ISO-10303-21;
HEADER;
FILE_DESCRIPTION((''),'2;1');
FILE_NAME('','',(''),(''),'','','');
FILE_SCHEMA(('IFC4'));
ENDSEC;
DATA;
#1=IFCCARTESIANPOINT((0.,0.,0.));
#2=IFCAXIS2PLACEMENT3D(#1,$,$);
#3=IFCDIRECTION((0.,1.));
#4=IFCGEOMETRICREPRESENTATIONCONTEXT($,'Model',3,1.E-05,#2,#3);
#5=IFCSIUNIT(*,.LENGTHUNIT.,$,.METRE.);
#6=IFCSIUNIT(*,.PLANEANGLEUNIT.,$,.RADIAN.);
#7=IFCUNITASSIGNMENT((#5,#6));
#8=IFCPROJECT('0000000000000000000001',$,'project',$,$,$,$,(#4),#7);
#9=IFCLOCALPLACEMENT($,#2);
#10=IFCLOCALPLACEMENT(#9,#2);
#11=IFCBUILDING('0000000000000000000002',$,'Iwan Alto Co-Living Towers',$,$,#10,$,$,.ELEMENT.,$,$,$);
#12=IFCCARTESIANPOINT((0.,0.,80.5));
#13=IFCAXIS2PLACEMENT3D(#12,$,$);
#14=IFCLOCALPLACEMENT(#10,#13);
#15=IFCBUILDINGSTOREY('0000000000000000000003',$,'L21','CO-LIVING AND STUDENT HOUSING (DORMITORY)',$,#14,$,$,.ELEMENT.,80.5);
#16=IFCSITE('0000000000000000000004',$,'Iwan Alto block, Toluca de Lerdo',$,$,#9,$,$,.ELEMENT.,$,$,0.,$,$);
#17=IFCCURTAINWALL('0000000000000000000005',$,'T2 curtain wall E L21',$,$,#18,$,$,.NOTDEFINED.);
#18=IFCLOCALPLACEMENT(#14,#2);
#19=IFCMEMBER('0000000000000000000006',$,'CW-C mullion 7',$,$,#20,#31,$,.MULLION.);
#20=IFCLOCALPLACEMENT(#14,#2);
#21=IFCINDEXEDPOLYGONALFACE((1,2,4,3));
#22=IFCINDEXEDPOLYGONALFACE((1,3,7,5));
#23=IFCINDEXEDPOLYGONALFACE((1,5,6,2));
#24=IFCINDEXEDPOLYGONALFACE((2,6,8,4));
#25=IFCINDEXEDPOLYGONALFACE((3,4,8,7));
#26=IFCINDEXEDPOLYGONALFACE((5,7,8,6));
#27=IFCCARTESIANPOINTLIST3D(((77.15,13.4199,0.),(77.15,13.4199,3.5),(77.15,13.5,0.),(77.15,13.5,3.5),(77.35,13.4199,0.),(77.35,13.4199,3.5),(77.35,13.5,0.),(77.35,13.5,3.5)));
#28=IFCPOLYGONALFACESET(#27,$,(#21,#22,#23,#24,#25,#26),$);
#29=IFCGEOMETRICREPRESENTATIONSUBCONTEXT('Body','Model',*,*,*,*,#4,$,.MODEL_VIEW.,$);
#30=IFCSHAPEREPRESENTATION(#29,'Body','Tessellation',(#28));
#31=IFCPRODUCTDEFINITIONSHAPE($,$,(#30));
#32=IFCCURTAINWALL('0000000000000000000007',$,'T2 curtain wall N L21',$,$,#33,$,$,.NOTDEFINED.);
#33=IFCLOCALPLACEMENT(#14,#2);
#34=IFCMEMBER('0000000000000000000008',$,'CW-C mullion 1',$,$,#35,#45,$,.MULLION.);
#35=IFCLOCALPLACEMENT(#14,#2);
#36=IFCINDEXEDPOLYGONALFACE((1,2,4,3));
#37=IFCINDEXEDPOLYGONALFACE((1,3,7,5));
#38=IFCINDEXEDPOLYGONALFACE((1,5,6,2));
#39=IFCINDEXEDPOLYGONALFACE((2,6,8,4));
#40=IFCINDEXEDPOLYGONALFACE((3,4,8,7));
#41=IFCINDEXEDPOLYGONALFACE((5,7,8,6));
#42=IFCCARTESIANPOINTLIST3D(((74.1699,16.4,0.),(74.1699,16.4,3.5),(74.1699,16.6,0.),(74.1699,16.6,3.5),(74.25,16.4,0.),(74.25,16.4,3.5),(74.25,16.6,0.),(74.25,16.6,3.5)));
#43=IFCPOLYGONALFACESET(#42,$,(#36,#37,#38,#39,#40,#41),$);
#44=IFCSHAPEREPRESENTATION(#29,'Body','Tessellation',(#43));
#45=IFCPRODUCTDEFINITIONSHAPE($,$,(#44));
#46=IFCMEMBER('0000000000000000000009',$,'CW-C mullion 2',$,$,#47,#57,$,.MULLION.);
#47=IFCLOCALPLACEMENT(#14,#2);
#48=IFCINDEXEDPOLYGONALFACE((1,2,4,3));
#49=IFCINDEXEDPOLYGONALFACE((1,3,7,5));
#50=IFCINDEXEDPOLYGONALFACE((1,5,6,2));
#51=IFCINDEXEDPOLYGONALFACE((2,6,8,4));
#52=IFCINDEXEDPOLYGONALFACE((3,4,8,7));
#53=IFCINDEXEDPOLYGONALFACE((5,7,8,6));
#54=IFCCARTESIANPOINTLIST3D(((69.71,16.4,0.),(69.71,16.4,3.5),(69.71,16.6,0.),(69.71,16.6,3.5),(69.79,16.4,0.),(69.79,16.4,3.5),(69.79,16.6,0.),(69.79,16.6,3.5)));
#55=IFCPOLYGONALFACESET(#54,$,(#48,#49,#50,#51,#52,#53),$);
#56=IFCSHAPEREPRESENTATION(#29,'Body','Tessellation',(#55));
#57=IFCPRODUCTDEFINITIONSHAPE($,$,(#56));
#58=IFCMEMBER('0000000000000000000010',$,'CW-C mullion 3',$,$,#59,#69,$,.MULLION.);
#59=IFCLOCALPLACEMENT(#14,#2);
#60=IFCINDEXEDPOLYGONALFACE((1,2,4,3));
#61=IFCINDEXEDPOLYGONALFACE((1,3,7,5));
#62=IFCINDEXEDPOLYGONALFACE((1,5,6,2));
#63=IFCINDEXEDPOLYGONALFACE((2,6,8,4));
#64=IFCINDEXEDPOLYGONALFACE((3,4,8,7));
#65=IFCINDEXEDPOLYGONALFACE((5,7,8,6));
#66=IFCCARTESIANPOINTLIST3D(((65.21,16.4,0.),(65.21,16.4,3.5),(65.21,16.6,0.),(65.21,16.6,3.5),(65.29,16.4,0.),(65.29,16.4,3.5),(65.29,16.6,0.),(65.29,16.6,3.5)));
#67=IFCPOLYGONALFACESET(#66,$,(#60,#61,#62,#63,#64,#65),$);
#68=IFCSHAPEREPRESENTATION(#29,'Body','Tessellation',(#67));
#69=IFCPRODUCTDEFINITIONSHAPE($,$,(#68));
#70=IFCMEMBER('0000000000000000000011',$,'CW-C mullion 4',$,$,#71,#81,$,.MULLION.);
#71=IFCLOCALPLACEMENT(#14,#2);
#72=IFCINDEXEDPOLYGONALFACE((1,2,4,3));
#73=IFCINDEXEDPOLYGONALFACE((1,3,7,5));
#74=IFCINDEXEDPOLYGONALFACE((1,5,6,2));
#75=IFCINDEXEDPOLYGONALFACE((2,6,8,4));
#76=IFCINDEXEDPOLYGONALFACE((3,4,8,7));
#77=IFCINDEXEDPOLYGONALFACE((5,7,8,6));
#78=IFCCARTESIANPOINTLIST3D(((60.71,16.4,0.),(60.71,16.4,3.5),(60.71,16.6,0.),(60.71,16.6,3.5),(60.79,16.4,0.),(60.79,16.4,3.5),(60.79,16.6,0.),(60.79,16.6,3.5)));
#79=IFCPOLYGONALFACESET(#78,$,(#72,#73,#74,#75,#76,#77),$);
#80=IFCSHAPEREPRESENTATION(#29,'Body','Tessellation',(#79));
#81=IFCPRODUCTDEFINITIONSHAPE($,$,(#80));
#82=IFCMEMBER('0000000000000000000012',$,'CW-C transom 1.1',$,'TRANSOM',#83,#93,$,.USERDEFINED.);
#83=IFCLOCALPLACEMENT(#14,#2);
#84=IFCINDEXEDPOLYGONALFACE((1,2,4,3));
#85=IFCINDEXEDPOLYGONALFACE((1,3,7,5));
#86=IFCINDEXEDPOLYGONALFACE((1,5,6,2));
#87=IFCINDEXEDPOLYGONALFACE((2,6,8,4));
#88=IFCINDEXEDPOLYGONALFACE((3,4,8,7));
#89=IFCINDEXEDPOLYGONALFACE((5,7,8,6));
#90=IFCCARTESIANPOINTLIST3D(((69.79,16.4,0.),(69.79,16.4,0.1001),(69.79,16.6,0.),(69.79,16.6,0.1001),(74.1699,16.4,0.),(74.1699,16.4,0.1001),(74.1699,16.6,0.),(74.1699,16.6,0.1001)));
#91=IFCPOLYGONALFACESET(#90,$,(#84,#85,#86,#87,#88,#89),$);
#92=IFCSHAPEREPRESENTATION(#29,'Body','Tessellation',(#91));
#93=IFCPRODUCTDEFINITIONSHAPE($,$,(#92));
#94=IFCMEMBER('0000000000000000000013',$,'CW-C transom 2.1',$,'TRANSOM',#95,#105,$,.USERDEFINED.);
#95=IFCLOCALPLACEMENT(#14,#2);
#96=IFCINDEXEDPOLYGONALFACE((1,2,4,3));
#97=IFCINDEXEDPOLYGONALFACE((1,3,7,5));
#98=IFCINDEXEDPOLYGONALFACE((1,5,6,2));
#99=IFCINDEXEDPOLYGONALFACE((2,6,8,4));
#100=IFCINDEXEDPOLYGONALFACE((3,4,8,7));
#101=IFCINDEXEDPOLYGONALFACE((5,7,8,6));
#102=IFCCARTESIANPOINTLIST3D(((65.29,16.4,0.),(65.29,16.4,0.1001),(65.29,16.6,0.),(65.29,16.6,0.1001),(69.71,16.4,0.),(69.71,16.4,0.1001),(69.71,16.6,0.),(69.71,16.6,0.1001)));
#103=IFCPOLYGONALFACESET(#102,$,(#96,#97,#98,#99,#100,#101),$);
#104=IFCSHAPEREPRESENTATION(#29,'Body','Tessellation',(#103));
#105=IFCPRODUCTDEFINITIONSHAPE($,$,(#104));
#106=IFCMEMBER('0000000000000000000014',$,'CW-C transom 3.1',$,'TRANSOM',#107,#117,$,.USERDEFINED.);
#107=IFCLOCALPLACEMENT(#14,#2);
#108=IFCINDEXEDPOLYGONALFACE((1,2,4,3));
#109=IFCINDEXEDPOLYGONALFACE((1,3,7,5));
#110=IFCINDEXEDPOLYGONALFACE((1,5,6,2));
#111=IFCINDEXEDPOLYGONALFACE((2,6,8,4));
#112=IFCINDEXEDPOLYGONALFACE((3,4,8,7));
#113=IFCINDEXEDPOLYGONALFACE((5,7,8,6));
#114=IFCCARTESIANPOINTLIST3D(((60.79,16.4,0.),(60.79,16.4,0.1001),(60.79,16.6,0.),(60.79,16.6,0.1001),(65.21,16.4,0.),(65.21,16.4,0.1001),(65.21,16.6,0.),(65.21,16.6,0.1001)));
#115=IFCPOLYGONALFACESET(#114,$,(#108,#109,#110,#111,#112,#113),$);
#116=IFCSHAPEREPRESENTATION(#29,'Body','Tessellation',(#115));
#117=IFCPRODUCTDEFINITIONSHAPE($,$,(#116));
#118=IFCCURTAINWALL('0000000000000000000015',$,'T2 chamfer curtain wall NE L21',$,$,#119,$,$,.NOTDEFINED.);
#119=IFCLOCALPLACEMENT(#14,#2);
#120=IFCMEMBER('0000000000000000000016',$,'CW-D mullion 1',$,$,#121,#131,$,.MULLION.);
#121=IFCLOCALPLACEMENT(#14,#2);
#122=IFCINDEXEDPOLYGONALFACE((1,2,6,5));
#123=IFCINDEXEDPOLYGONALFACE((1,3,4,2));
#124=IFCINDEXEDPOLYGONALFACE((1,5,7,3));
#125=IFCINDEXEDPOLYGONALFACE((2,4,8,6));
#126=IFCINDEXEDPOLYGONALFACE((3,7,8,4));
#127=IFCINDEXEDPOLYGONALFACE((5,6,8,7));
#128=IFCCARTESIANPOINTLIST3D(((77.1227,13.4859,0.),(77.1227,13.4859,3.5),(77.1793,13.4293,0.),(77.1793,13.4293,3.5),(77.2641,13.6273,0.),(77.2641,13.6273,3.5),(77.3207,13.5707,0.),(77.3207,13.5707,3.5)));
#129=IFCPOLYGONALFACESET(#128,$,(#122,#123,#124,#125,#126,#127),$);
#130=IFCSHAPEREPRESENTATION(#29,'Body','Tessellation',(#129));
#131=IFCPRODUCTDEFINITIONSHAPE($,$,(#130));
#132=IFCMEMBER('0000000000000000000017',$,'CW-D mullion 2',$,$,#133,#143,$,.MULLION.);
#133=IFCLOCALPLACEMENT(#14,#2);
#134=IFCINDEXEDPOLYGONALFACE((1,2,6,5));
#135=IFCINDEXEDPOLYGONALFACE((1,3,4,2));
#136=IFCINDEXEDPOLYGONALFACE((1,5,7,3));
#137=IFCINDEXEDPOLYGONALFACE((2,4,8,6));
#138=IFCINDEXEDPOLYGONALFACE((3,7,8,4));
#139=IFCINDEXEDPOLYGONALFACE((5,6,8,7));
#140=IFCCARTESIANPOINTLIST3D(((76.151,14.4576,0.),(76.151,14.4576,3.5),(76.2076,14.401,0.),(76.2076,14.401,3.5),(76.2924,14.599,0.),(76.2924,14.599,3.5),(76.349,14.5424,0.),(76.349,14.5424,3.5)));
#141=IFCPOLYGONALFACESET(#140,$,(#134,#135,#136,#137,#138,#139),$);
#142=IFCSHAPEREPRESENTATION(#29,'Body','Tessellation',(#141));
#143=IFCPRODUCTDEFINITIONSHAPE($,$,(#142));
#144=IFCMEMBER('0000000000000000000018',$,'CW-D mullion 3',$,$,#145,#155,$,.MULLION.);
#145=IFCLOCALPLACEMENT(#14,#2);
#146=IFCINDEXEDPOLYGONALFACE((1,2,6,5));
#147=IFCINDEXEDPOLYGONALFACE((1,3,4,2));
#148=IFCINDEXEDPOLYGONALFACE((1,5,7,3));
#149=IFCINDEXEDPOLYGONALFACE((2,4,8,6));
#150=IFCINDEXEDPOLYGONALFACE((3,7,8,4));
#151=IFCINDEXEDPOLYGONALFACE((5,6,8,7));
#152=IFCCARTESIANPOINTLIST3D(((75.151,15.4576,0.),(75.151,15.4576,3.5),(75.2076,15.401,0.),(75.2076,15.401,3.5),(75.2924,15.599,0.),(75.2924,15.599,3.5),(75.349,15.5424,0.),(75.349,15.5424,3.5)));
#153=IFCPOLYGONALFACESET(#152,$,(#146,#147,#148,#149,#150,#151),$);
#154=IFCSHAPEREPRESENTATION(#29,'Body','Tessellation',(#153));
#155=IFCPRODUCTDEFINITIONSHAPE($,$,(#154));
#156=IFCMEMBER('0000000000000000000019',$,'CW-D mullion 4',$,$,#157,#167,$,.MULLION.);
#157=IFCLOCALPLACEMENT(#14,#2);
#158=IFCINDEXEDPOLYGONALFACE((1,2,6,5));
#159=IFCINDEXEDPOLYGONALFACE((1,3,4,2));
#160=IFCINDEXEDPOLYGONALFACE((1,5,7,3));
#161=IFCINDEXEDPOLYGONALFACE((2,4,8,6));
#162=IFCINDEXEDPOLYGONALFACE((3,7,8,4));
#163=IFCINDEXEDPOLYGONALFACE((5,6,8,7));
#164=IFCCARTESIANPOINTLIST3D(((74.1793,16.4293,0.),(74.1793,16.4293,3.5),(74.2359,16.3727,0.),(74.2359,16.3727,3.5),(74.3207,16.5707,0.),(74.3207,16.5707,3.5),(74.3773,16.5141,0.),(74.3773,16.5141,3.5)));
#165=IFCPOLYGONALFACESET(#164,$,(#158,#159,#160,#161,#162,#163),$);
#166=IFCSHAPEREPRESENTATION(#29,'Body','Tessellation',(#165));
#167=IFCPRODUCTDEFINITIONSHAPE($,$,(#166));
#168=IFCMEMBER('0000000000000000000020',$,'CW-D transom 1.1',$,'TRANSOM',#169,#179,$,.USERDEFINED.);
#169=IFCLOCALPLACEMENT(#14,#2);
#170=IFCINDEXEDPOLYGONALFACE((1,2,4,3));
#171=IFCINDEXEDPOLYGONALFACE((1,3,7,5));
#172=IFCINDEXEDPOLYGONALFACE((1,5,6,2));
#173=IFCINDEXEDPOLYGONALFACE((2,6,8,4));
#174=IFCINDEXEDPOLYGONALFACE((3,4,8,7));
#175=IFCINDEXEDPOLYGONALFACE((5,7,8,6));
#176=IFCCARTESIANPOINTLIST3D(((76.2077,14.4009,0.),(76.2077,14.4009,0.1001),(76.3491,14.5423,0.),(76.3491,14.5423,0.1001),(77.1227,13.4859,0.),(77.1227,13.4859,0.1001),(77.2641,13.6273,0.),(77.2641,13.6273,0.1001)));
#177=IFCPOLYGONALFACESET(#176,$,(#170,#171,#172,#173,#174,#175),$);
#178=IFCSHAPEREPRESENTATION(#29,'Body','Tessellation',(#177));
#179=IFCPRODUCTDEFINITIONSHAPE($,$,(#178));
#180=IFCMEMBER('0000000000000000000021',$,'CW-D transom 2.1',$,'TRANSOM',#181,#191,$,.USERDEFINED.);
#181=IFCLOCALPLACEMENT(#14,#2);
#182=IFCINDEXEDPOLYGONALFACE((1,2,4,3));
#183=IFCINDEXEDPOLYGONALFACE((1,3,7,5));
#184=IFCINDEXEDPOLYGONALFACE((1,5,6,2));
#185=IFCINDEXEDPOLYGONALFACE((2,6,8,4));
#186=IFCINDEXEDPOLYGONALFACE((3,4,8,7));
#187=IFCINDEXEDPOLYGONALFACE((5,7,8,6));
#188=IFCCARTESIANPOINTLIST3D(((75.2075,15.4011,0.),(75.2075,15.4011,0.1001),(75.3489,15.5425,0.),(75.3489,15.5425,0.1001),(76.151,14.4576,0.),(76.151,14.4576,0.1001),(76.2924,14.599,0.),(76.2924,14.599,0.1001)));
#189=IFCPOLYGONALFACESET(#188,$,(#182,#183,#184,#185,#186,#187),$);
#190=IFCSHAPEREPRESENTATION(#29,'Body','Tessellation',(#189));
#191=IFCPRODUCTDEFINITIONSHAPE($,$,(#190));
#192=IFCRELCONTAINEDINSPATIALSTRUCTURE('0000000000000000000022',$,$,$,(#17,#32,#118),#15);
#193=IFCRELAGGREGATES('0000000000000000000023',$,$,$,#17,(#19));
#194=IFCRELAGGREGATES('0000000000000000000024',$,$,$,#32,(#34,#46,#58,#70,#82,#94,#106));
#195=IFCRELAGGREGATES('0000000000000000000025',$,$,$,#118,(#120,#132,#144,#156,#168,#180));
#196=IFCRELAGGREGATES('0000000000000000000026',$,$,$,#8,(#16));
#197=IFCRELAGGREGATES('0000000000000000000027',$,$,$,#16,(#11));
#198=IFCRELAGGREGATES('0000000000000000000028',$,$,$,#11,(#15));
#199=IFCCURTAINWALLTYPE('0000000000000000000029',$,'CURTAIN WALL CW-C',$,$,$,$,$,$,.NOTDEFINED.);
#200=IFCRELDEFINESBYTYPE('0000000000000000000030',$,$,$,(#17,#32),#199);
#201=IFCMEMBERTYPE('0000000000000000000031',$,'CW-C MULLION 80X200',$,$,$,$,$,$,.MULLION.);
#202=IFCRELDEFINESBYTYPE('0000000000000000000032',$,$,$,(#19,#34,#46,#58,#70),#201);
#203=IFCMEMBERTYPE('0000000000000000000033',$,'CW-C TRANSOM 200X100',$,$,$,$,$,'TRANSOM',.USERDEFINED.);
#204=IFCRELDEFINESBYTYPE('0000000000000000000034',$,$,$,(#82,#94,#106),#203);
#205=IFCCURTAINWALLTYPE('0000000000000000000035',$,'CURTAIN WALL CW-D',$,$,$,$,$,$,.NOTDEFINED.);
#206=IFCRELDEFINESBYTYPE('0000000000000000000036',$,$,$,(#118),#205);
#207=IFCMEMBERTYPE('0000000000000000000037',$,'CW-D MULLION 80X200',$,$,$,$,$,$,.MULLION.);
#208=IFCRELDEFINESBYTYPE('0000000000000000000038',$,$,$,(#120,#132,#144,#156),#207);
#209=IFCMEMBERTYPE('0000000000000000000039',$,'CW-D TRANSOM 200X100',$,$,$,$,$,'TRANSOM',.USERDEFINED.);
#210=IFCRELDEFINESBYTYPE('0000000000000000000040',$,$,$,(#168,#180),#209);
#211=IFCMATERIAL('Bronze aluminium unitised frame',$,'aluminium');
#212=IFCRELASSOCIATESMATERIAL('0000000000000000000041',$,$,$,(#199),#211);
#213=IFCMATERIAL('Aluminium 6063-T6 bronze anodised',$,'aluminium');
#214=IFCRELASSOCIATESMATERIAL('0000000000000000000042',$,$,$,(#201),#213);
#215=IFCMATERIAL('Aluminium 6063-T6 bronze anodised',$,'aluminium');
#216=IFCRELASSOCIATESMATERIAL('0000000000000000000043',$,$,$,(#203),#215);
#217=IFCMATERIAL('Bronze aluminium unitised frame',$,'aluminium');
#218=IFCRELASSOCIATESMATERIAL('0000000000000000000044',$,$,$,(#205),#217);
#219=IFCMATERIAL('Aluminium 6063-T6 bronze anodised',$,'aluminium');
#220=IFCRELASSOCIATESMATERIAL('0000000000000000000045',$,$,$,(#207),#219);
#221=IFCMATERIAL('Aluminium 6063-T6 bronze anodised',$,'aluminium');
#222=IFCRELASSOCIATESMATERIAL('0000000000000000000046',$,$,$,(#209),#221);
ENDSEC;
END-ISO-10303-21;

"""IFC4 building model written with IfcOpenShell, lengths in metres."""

from ifc_helpers import new_model, si_unit, direction, frame, origin, origin_2d, place, context, subcontext, project, spatial, rectangle, extrude, material, material_profile, profile_set, type_object, element, aggregate, save


model = new_model("IFC4")

# Units and contexts
model_context = context("Model", 3, precision=1e-05, world=origin(), true_north=direction((0.0, 1.0)))
body_context = subcontext(model_context, "Body", "Model", "MODEL_VIEW")
ifc_project = project(units=[si_unit("LENGTHUNIT", "METRE"), si_unit("PLANEANGLEUNIT", "RADIAN")], contexts=[model_context])

# Site, building, storey
site_placement = place(None, origin())
site = spatial("IfcSite", under=ifc_project, at=site_placement, Name="Iwan Alto block, Toluca de Lerdo", CompositionType="ELEMENT", RefElevation=0.0)
building_placement = place(site_placement, origin())
building = spatial("IfcBuilding", under=site, at=building_placement, Name="Iwan Alto Co-Living Towers", CompositionType="ELEMENT")
storey_placement = place(building_placement, frame((0.0, 0.0, 80.5)))
storey = spatial("IfcBuildingStorey", under=building, at=storey_placement, Name="L21", Description="CO-LIVING AND STUDENT HOUSING (DORMITORY)", CompositionType="ELEMENT", Elevation=80.5)

# Curtain wall, member
ifc_material_1 = material(Name="Bronze aluminium unitised frame", Category="aluminium")
curtain_wall_type_1 = type_object("IfcCurtainWallType", Name="CURTAIN WALL CW-C", PredefinedType="NOTDEFINED", material=ifc_material_1)
curtain_wall_1_placement = place(storey_placement, origin())
curtain_wall_1 = element("IfcCurtainWall", 1, at=curtain_wall_1_placement, inside=storey, type_object=curtain_wall_type_1, Name="T2 curtain wall E L21", PredefinedType="NOTDEFINED")
ifc_material_2 = material(Name="Aluminium 6063-T6 bronze anodised", Category="aluminium")
ifc_material_profile_1 = material_profile(ifc_material_2, rectangle(XDim=0.2, YDim=0.0801, at=origin_2d()), Name="AL 80X200")
ifc_profile_set_1 = profile_set([ifc_material_profile_1], Name="Aluminium 6063-T6 bronze anodised")
member_type_1 = type_object("IfcMemberType", Name="CW-C MULLION 80X200", PredefinedType="MULLION", material=ifc_profile_set_1)
member_1_placement = place(storey_placement, frame((77.25, 13.46, 0.0), z_axis=(0.0, 0.0, 1.0), x_axis=(-1.0, 0.0, 0.0)))
member_1 = element("IfcMember", 2, at=member_1_placement, type_object=member_type_1, Name="CW-C mullion 7", PredefinedType="MULLION", context=body_context, shape_type="SweptSolid", body=[
    extrude(rectangle(XDim=0.2, YDim=0.0801, at=origin_2d()), origin(), (0.0, 0.0, 1.0), 3.5),
])
aggregate(curtain_wall_1, [member_1])

# Curtain walls, members
curtain_wall_2_placement = place(storey_placement, origin())
curtain_wall_2 = element("IfcCurtainWall", 3, at=curtain_wall_2_placement, inside=storey, type_object=curtain_wall_type_1, Name="T2 curtain wall N L21", PredefinedType="NOTDEFINED")
member_2_placement = place(storey_placement, frame((74.21, 16.5, 0.0), z_axis=(0.0, 0.0, 1.0), x_axis=(0.0, -1.0, 0.0)))
member_2 = element("IfcMember", 4, at=member_2_placement, type_object=member_type_1, Name="CW-C mullion 1", PredefinedType="MULLION", context=body_context, shape_type="SweptSolid", body=[
    extrude(rectangle(XDim=0.2, YDim=0.0801, at=origin_2d()), origin(), (0.0, 0.0, 1.0), 3.5),
])
member_3_placement = place(storey_placement, frame((69.75, 16.5, 0.0), z_axis=(0.0, 0.0, 1.0), x_axis=(0.0, -1.0, 0.0)))
member_3 = element("IfcMember", 5, at=member_3_placement, type_object=member_type_1, Name="CW-C mullion 2", PredefinedType="MULLION", context=body_context, shape_type="SweptSolid", body=[
    extrude(rectangle(XDim=0.2, YDim=0.0801, at=origin_2d()), origin(), (0.0, 0.0, 1.0), 3.5),
])
member_4_placement = place(storey_placement, frame((65.25, 16.5, 0.0), z_axis=(0.0, 0.0, 1.0), x_axis=(0.0, -1.0, 0.0)))
member_4 = element("IfcMember", 6, at=member_4_placement, type_object=member_type_1, Name="CW-C mullion 3", PredefinedType="MULLION", context=body_context, shape_type="SweptSolid", body=[
    extrude(rectangle(XDim=0.2, YDim=0.0801, at=origin_2d()), origin(), (0.0, 0.0, 1.0), 3.5),
])
member_5_placement = place(storey_placement, frame((60.75, 16.5, 0.0), z_axis=(0.0, 0.0, 1.0), x_axis=(0.0, -1.0, 0.0)))
member_5 = element("IfcMember", 7, at=member_5_placement, type_object=member_type_1, Name="CW-C mullion 4", PredefinedType="MULLION", context=body_context, shape_type="SweptSolid", body=[
    extrude(rectangle(XDim=0.2, YDim=0.0801, at=origin_2d()), origin(), (0.0, 0.0, 1.0), 3.5),
])
ifc_material_3 = material(Name="Aluminium 6063-T6 bronze anodised", Category="aluminium")
ifc_material_profile_2 = material_profile(ifc_material_3, rectangle(XDim=0.2, YDim=0.1001, at=origin_2d()), Name="AL 200X100")
ifc_profile_set_2 = profile_set([ifc_material_profile_2], Name="Aluminium 6063-T6 bronze anodised")
member_type_2 = type_object("IfcMemberType", Name="CW-C TRANSOM 200X100", ElementType="TRANSOM", PredefinedType="USERDEFINED", material=ifc_profile_set_2)
member_6_placement = place(storey_placement, frame((74.1699, 16.5, 0.05), z_axis=(-1.0, 0.0, 0.0), x_axis=(0.0, -1.0, 0.0)))
member_6 = element("IfcMember", 8, at=member_6_placement, type_object=member_type_2, Name="CW-C transom 1.1", ObjectType="TRANSOM", PredefinedType="USERDEFINED", context=body_context, shape_type="SweptSolid", body=[
    extrude(rectangle(XDim=0.2, YDim=0.1001, at=origin_2d()), origin(), (0.0, 0.0, 1.0), 4.3799),
])
member_7_placement = place(storey_placement, frame((69.71, 16.5, 0.05), z_axis=(-1.0, 0.0, 0.0), x_axis=(0.0, -1.0, 0.0)))
member_7 = element("IfcMember", 9, at=member_7_placement, type_object=member_type_2, Name="CW-C transom 2.1", ObjectType="TRANSOM", PredefinedType="USERDEFINED", context=body_context, shape_type="SweptSolid", body=[
    extrude(rectangle(XDim=0.2, YDim=0.1001, at=origin_2d()), origin(), (0.0, 0.0, 1.0), 4.4199),
])
member_8_placement = place(storey_placement, frame((65.21, 16.5, 0.05), z_axis=(-1.0, 0.0, 0.0), x_axis=(0.0, -1.0, 0.0)))
member_8 = element("IfcMember", 10, at=member_8_placement, type_object=member_type_2, Name="CW-C transom 3.1", ObjectType="TRANSOM", PredefinedType="USERDEFINED", context=body_context, shape_type="SweptSolid", body=[
    extrude(rectangle(XDim=0.2, YDim=0.1001, at=origin_2d()), origin(), (0.0, 0.0, 1.0), 4.4199),
])
ifc_material_4 = material(Name="Bronze aluminium unitised frame", Category="aluminium")
curtain_wall_type_2 = type_object("IfcCurtainWallType", Name="CURTAIN WALL CW-D", PredefinedType="NOTDEFINED", material=ifc_material_4)
curtain_wall_3_placement = place(storey_placement, origin())
curtain_wall_3 = element("IfcCurtainWall", 11, at=curtain_wall_3_placement, inside=storey, type_object=curtain_wall_type_2, Name="T2 chamfer curtain wall NE L21", PredefinedType="NOTDEFINED")
ifc_material_5 = material(Name="Aluminium 6063-T6 bronze anodised", Category="aluminium")
ifc_material_profile_3 = material_profile(ifc_material_5, rectangle(XDim=0.2, YDim=0.0801, at=origin_2d()), Name="AL 80X200")
ifc_profile_set_3 = profile_set([ifc_material_profile_3], Name="Aluminium 6063-T6 bronze anodised")
member_type_3 = type_object("IfcMemberType", Name="CW-D MULLION 80X200", PredefinedType="MULLION", material=ifc_profile_set_3)
member_9_placement = place(storey_placement, frame((77.2217, 13.5283, 0.0), z_axis=(0.0, 0.0, 1.0), x_axis=(-0.707107, -0.707107, 0.0)))
member_9 = element("IfcMember", 12, at=member_9_placement, type_object=member_type_3, Name="CW-D mullion 1", PredefinedType="MULLION", context=body_context, shape_type="SweptSolid", body=[
    extrude(rectangle(XDim=0.2, YDim=0.0801, at=origin_2d()), origin(), (0.0, 0.0, 1.0), 3.5),
])
member_10_placement = place(storey_placement, frame((76.25, 14.5, 0.0), z_axis=(0.0, 0.0, 1.0), x_axis=(-0.707107, -0.707107, 0.0)))
member_10 = element("IfcMember", 13, at=member_10_placement, type_object=member_type_3, Name="CW-D mullion 2", PredefinedType="MULLION", context=body_context, shape_type="SweptSolid", body=[
    extrude(rectangle(XDim=0.2, YDim=0.0801, at=origin_2d()), origin(), (0.0, 0.0, 1.0), 3.5),
])
member_11_placement = place(storey_placement, frame((75.25, 15.5, 0.0), z_axis=(0.0, 0.0, 1.0), x_axis=(-0.707107, -0.707107, 0.0)))
member_11 = element("IfcMember", 14, at=member_11_placement, type_object=member_type_3, Name="CW-D mullion 3", PredefinedType="MULLION", context=body_context, shape_type="SweptSolid", body=[
    extrude(rectangle(XDim=0.2, YDim=0.0801, at=origin_2d()), origin(), (0.0, 0.0, 1.0), 3.5),
])
member_12_placement = place(storey_placement, frame((74.2783, 16.4717, 0.0), z_axis=(0.0, 0.0, 1.0), x_axis=(-0.707107, -0.707107, 0.0)))
member_12 = element("IfcMember", 15, at=member_12_placement, type_object=member_type_3, Name="CW-D mullion 4", PredefinedType="MULLION", context=body_context, shape_type="SweptSolid", body=[
    extrude(rectangle(XDim=0.2, YDim=0.0801, at=origin_2d()), origin(), (0.0, 0.0, 1.0), 3.5),
])
ifc_material_6 = material(Name="Aluminium 6063-T6 bronze anodised", Category="aluminium")
ifc_material_profile_4 = material_profile(ifc_material_6, rectangle(XDim=0.2, YDim=0.1001, at=origin_2d()), Name="AL 200X100")
ifc_profile_set_4 = profile_set([ifc_material_profile_4], Name="Aluminium 6063-T6 bronze anodised")
member_type_4 = type_object("IfcMemberType", Name="CW-D TRANSOM 200X100", ElementType="TRANSOM", PredefinedType="USERDEFINED", material=ifc_profile_set_4)
member_13_placement = place(storey_placement, frame((77.1934, 13.5566, 0.05), z_axis=(-0.707107, 0.707107, 0.0), x_axis=(-0.707107, -0.707107, 0.0)))
member_13 = element("IfcMember", 16, at=member_13_placement, type_object=member_type_4, Name="CW-D transom 1.1", ObjectType="TRANSOM", PredefinedType="USERDEFINED", context=body_context, shape_type="SweptSolid", body=[
    extrude(rectangle(XDim=0.2, YDim=0.1001, at=origin_2d()), origin(), (0.0, 0.0, 1.0), 1.2939),
])
member_14_placement = place(storey_placement, frame((76.2217, 14.5283, 0.05), z_axis=(-0.707107, 0.707107, 0.0), x_axis=(-0.707107, -0.707107, 0.0)))
member_14 = element("IfcMember", 17, at=member_14_placement, type_object=member_type_4, Name="CW-D transom 2.1", ObjectType="TRANSOM", PredefinedType="USERDEFINED", context=body_context, shape_type="SweptSolid", body=[
    extrude(rectangle(XDim=0.2, YDim=0.1001, at=origin_2d()), origin(), (0.0, 0.0, 1.0), 1.3342),
])

aggregate(curtain_wall_2, [member_2, member_3, member_4, member_5, member_6, member_7, member_8])
aggregate(curtain_wall_3, [member_9, member_10, member_11, member_12, member_13, member_14])

save(model, "model.ifc")
